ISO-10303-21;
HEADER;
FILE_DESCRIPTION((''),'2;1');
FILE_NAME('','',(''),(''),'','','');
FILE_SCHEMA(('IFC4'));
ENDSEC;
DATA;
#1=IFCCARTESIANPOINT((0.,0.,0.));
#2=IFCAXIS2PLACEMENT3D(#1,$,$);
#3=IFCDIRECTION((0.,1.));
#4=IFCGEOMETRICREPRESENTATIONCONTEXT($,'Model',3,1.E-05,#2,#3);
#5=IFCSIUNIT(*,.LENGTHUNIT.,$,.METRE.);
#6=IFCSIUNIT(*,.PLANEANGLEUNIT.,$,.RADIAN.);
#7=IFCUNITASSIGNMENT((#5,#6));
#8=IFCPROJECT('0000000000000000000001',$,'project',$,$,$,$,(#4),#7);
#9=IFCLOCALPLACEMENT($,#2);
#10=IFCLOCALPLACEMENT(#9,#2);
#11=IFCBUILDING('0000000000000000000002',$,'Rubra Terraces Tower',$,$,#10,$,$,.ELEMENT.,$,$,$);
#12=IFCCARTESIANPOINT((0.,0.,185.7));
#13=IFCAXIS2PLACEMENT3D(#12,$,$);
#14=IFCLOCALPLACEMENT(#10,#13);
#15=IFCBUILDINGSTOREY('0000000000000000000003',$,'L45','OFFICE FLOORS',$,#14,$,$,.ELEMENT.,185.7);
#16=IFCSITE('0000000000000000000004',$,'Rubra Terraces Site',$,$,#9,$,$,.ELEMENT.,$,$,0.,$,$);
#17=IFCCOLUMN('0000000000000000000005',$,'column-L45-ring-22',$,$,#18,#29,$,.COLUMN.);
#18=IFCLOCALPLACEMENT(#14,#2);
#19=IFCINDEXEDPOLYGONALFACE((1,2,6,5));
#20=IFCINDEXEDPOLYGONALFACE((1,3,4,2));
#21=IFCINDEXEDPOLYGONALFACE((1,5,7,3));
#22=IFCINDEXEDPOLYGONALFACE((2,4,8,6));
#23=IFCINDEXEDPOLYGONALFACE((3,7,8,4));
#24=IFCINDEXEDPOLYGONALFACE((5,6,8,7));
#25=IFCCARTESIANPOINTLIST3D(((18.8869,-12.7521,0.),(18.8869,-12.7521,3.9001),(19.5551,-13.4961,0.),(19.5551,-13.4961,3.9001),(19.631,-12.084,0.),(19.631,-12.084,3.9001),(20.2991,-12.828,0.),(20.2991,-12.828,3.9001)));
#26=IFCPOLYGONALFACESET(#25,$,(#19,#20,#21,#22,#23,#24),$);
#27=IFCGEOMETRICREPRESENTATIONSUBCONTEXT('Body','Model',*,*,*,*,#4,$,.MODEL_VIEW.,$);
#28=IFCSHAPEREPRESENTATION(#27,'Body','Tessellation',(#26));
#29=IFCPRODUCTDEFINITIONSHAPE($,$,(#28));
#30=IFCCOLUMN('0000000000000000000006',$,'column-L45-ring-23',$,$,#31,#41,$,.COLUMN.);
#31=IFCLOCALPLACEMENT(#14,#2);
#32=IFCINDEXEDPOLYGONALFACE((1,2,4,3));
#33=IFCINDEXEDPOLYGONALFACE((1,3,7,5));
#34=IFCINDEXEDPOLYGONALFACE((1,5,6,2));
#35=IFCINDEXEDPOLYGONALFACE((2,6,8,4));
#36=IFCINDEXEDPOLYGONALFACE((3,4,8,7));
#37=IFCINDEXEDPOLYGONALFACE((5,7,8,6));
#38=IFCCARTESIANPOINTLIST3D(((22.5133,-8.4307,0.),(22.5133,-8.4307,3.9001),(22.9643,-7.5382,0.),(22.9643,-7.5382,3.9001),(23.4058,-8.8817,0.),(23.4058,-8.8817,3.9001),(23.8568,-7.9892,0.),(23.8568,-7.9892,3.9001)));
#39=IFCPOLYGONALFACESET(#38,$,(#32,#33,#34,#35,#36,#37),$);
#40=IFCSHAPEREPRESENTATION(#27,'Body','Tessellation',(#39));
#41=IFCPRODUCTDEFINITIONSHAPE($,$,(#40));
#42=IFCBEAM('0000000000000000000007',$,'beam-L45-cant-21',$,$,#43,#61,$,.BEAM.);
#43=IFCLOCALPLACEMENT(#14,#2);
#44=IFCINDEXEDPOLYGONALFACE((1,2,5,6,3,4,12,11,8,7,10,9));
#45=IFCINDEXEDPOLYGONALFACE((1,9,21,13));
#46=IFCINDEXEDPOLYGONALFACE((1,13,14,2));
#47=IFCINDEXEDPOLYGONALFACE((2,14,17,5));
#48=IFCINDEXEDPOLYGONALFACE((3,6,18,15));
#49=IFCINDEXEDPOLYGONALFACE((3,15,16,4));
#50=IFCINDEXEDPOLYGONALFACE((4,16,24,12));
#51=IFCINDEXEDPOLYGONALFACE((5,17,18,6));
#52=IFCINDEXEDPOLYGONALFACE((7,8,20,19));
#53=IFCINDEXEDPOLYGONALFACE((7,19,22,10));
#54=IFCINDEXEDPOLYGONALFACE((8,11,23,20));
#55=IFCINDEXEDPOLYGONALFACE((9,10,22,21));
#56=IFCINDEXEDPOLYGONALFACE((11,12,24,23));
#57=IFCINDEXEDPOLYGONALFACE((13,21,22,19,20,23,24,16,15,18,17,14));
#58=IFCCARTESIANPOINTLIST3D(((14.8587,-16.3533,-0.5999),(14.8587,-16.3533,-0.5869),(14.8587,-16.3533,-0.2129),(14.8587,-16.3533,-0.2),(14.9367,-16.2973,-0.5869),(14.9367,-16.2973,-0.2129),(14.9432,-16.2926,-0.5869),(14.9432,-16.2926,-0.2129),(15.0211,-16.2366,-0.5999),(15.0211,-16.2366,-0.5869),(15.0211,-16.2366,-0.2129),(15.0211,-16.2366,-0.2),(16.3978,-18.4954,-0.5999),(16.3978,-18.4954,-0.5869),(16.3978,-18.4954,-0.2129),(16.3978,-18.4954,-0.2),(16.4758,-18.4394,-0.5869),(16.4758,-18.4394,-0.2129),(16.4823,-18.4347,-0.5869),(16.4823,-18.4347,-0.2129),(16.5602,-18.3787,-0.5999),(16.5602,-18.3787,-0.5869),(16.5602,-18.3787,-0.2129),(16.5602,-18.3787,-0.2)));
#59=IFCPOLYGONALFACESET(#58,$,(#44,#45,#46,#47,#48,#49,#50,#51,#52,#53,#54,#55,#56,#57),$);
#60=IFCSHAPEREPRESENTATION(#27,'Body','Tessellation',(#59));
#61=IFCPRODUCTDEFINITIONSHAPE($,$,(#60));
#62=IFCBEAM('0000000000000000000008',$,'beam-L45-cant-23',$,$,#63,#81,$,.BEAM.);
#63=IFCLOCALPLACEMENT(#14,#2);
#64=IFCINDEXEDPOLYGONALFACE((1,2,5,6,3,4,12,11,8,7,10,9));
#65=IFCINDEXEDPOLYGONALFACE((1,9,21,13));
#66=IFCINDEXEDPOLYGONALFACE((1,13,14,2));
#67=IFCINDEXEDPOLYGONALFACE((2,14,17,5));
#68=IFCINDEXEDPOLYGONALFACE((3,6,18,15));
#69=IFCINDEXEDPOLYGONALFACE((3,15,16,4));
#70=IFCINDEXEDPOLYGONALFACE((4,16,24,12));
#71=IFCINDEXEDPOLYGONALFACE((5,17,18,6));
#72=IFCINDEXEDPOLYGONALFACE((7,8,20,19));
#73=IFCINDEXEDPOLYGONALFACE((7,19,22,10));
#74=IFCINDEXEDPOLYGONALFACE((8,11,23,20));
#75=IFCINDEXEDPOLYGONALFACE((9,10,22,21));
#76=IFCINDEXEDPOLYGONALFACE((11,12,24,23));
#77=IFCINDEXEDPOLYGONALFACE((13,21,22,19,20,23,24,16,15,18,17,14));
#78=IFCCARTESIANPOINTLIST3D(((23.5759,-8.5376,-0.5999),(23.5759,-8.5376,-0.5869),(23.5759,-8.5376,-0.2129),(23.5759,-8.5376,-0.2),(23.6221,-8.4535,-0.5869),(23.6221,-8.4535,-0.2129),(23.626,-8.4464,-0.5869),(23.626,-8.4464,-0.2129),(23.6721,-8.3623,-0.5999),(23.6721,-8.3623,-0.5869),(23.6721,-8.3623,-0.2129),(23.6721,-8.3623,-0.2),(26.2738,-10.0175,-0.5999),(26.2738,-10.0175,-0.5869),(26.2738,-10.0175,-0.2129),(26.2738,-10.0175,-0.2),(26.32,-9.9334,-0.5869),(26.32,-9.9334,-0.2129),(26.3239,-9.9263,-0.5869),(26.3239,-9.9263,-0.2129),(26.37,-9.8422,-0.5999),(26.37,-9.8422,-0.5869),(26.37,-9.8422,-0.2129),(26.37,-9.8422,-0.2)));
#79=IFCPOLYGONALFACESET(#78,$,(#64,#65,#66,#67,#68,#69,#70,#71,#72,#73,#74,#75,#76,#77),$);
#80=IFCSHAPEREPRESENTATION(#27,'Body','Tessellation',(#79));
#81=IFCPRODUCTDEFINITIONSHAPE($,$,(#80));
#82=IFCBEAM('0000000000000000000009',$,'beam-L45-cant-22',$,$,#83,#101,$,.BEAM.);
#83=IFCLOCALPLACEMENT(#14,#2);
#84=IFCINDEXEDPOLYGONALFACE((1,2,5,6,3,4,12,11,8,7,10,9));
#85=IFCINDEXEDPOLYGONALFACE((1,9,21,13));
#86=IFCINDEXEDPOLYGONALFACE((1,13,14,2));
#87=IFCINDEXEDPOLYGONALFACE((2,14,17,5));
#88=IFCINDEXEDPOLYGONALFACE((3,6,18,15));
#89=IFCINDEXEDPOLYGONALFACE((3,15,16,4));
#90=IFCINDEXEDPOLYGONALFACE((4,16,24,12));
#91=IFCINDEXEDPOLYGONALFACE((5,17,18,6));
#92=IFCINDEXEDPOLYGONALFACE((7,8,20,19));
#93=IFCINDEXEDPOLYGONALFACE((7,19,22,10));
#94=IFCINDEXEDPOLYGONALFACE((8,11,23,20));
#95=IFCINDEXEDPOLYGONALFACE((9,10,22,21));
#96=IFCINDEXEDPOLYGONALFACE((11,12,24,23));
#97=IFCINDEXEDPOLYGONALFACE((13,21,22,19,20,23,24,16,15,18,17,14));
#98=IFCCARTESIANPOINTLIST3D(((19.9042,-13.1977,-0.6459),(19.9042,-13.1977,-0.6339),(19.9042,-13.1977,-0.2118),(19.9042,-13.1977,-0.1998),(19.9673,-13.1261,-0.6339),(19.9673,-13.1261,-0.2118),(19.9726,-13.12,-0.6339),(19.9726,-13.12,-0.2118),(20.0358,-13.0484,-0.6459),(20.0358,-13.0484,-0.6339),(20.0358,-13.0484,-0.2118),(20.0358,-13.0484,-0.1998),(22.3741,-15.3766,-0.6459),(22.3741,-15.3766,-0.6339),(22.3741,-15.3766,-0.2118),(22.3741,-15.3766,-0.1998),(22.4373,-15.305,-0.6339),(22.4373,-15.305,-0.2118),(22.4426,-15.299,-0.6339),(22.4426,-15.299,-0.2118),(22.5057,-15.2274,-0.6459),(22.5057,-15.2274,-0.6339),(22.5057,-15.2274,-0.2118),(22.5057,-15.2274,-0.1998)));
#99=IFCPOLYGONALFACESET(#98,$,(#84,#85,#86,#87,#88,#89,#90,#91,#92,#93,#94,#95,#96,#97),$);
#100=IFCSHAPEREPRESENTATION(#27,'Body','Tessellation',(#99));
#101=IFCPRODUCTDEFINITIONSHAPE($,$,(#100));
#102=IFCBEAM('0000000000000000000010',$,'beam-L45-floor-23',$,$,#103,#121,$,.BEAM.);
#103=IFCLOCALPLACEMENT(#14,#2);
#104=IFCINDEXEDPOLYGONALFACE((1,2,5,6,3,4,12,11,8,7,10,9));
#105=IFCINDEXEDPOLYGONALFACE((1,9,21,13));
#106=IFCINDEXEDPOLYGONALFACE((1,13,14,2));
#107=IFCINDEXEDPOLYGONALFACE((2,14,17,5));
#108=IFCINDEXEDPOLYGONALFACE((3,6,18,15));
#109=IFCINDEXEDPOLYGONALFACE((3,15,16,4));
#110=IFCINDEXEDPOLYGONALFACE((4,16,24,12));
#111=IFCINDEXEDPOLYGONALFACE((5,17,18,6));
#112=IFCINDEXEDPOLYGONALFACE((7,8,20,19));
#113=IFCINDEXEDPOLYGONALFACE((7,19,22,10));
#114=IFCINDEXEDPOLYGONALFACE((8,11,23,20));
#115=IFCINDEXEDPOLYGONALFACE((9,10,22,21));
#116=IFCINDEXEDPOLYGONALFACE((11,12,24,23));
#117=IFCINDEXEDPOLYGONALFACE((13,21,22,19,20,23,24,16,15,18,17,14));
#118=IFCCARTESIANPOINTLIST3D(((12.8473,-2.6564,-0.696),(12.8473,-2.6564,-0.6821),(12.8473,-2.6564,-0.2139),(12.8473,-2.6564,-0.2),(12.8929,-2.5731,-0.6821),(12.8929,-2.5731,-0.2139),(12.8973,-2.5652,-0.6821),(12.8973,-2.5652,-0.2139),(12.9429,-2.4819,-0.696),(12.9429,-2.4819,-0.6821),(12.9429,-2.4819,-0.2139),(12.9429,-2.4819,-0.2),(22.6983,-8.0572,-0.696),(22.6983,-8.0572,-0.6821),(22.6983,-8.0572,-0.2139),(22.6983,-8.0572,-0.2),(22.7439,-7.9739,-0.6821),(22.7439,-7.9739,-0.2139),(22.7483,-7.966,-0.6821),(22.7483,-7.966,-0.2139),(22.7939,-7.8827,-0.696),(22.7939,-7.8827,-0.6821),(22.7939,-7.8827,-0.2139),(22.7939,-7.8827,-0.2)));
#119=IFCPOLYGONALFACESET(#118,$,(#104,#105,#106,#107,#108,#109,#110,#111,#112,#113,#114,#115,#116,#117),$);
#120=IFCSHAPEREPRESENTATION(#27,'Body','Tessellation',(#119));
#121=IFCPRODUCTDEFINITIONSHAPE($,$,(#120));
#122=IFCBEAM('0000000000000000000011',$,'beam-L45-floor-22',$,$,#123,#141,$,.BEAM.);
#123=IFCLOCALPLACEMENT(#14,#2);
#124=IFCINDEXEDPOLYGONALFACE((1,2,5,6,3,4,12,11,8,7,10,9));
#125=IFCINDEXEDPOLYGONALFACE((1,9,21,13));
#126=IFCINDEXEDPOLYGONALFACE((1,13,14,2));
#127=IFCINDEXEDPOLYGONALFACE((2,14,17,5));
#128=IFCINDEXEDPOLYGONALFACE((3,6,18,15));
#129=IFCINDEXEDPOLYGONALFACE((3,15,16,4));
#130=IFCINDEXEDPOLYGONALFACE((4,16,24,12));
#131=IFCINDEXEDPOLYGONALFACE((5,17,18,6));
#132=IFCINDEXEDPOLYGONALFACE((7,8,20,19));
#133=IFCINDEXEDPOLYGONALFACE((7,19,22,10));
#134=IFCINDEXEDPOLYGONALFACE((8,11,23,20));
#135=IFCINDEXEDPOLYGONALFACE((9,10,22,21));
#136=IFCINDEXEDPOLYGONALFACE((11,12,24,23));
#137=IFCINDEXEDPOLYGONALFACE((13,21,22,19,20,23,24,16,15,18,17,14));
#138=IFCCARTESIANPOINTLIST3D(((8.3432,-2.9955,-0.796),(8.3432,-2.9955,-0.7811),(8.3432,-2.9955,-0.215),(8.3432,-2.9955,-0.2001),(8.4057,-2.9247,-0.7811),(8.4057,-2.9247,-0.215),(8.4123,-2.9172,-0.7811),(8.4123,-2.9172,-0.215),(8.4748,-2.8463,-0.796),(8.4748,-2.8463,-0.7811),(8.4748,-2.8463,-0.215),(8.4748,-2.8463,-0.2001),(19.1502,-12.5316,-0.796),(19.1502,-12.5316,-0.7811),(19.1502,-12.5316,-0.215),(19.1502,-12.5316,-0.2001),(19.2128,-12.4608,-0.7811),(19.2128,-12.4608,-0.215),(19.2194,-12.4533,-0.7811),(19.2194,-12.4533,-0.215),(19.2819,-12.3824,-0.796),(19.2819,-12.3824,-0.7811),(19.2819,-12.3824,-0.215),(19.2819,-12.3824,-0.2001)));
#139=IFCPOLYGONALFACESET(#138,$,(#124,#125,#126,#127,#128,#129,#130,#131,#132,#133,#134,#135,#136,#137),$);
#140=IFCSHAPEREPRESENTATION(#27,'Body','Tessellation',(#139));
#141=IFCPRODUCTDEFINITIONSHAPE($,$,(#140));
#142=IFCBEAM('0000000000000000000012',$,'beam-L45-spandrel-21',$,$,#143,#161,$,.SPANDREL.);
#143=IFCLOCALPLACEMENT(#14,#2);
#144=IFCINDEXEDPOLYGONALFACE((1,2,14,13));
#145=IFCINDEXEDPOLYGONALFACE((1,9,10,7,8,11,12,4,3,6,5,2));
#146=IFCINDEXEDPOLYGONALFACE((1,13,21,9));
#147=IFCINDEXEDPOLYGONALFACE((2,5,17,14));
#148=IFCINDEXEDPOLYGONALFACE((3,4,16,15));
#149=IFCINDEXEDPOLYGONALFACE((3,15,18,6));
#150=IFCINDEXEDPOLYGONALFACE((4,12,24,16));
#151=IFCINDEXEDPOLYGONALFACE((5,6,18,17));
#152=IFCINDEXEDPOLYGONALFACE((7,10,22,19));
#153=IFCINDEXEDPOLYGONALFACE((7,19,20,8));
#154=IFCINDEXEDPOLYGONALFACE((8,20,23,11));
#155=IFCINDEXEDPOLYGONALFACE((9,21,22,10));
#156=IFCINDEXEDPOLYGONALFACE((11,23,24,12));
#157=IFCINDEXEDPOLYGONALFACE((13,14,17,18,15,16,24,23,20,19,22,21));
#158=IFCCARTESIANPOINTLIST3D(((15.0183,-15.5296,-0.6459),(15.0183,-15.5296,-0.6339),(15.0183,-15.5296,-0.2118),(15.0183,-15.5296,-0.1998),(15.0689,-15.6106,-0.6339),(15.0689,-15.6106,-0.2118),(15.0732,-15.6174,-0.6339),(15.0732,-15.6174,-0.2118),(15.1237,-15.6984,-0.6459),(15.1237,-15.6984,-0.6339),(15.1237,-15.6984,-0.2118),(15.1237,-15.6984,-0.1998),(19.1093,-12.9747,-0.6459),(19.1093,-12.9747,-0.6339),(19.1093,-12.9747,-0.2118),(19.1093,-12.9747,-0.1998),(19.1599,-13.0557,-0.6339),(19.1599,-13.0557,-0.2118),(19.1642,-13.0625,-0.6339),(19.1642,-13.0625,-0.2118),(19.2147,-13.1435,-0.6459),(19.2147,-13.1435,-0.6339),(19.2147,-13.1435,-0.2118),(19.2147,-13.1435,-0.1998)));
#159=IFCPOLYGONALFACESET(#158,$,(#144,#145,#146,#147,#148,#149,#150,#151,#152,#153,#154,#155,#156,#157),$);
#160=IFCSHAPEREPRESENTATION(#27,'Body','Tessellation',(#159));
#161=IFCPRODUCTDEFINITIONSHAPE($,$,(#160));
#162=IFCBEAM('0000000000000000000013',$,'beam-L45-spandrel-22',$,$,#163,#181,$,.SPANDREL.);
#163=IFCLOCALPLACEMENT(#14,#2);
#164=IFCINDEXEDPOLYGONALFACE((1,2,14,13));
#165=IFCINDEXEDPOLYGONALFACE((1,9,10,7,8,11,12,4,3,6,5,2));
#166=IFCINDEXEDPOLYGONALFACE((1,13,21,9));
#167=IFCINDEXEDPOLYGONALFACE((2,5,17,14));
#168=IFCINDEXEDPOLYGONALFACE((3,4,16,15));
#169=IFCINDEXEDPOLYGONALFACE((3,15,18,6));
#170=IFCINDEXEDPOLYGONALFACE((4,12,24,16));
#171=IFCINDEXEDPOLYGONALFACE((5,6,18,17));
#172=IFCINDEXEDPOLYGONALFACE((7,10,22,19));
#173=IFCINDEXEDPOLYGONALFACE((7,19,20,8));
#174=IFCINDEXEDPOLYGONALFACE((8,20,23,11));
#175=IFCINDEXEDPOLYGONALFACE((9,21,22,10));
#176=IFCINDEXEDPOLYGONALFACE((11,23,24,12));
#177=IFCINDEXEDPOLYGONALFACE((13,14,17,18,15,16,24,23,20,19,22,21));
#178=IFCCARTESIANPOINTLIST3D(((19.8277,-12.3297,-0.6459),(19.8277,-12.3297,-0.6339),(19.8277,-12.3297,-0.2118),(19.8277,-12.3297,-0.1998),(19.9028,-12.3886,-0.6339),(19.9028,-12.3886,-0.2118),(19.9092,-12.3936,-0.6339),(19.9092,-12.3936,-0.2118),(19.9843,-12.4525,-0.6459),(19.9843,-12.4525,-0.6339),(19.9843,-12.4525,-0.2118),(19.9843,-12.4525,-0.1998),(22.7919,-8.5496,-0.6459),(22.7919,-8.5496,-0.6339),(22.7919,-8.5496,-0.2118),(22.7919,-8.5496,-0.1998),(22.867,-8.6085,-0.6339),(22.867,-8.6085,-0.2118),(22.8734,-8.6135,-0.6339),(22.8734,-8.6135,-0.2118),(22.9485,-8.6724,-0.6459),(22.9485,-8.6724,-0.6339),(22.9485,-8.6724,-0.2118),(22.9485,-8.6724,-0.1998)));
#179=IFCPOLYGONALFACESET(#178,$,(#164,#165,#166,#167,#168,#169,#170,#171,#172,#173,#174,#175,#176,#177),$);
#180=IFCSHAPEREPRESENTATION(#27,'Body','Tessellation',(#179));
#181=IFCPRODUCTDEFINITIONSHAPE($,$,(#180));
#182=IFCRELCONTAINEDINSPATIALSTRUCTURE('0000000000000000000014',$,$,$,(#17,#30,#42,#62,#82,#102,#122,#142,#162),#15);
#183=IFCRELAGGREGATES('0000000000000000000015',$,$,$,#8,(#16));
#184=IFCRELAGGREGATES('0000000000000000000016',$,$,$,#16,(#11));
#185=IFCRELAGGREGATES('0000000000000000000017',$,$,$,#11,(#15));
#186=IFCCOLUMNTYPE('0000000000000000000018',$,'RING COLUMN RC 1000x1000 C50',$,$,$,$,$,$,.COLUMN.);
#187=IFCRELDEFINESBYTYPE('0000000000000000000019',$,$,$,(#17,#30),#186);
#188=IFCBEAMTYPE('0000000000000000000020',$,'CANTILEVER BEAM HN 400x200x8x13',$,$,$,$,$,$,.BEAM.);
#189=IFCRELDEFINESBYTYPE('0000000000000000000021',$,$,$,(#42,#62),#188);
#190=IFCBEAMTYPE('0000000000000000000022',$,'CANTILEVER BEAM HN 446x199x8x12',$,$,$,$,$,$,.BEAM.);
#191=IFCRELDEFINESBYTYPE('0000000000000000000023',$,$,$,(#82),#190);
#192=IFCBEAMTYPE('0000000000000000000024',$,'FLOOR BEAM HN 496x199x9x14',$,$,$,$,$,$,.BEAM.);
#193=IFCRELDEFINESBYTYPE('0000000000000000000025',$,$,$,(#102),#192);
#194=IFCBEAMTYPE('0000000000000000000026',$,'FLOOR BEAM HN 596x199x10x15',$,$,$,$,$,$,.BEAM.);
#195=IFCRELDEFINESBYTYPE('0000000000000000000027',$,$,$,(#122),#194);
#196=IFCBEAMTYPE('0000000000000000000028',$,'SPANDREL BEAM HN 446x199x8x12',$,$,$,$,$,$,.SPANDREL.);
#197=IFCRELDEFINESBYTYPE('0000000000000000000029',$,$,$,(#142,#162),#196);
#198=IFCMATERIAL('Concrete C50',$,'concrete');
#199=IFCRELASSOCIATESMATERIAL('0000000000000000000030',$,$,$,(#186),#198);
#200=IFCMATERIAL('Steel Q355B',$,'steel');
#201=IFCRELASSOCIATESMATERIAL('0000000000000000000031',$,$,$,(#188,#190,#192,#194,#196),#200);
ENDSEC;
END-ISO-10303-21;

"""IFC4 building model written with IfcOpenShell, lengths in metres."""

from ifc_helpers import new_model, si_unit, direction, frame, origin, origin_2d, place, context, subcontext, project, spatial, rectangle, i_section, extrude, material, material_profile, profile_set, type_object, element, save


model = new_model("IFC4")

# Units and contexts
model_context = context("Model", 3, precision=1e-05, world=origin(), true_north=direction((0.0, 1.0)))
body_context = subcontext(model_context, "Body", "Model", "MODEL_VIEW")
ifc_project = project(units=[si_unit("LENGTHUNIT", "METRE"), si_unit("PLANEANGLEUNIT", "RADIAN")], contexts=[model_context])

# Site, building, storey
site_placement = place(None, origin())
site = spatial("IfcSite", under=ifc_project, at=site_placement, Name="Rubra Terraces Site", CompositionType="ELEMENT", RefElevation=0.0)
building_placement = place(site_placement, origin())
building = spatial("IfcBuilding", under=site, at=building_placement, Name="Rubra Terraces Tower", CompositionType="ELEMENT")
storey_placement = place(building_placement, frame((0.0, 0.0, 185.7)))
storey = spatial("IfcBuildingStorey", under=building, at=storey_placement, Name="L45", Description="OFFICE FLOORS", CompositionType="ELEMENT", Elevation=185.7)

# Columns
ifc_material_1 = material(Name="Concrete C50", Category="concrete")
ifc_material_profile_1 = material_profile(ifc_material_1, rectangle(XDim=1.0, YDim=1.0, at=origin_2d()), Name="RC 1000x1000")
ifc_profile_set_1 = profile_set([ifc_material_profile_1], Name="Concrete C50")
column_type = type_object("IfcColumnType", Name="RING COLUMN RC 1000x1000 C50", PredefinedType="COLUMN", material=ifc_profile_set_1)
for number, where, z_axis, x_axis, name in (
    (1, (19.593, -12.79, 0.0), (0.0, 0.0, 1.0), (0.744021, 0.668156, 0.0), "column-L45-ring-22"),
    (2, (23.1851, -8.21, 0.0), (0.0, 0.0, 1.0), (0.451028, 0.89251, 0.0), "column-L45-ring-23"),
):
    element("IfcColumn", number, at=place(storey_placement, frame(where, z_axis=z_axis, x_axis=x_axis)), inside=storey, type_object=column_type, Name=name, PredefinedType="COLUMN", context=body_context, shape_type="SweptSolid", body=[
        extrude(rectangle(XDim=1.0, YDim=1.0, at=origin_2d()), origin(), (0.0, 0.0, 1.0), 3.9001),
    ])

# Beams
ifc_material_2 = material(Name="Steel Q355B", Category="steel")
ifc_material_profile_2 = material_profile(ifc_material_2, i_section(OverallWidth=0.2, OverallDepth=0.3999, WebThickness=0.0081, FlangeThickness=0.0129, at=origin_2d()), Name="HN 400x200x8x13")
ifc_profile_set_2 = profile_set([ifc_material_profile_2], Name="Steel Q355B")
beam_type_1 = type_object("IfcBeamType", Name="CANTILEVER BEAM HN 400x200x8x13", PredefinedType="BEAM", material=ifc_profile_set_2)
beam_1_placement = place(storey_placement, frame((14.9399, -16.2949, -0.3999), z_axis=(0.583495, -0.812117, 0.0), x_axis=(0.812117, 0.583495, 0.0)))
element("IfcBeam", 3, at=beam_1_placement, inside=storey, type_object=beam_type_1, Name="beam-L45-cant-21", PredefinedType="BEAM", context=body_context, shape_type="SweptSolid", body=[
    extrude(i_section(OverallWidth=0.2, OverallDepth=0.3999, WebThickness=0.0081, FlangeThickness=0.0129, at=origin_2d()), origin(), (0.0, 0.0, 1.0), 2.6377),
])
beam_2_placement = place(storey_placement, frame((23.624, -8.45, -0.3999), z_axis=(0.876753, -0.480941, 0.0), x_axis=(0.480941, 0.876753, 0.0)))
element("IfcBeam", 4, at=beam_2_placement, inside=storey, type_object=beam_type_1, Name="beam-L45-cant-23", PredefinedType="BEAM", context=body_context, shape_type="SweptSolid", body=[
    extrude(i_section(OverallWidth=0.2, OverallDepth=0.3999, WebThickness=0.0081, FlangeThickness=0.0129, at=origin_2d()), origin(), (0.0, 0.0, 1.0), 3.0771),
])
ifc_material_profile_3 = material_profile(ifc_material_2, i_section(OverallWidth=0.199, OverallDepth=0.446, WebThickness=0.0081, FlangeThickness=0.012, at=origin_2d()), Name="HN 446x199x8x12")
ifc_profile_set_3 = profile_set([ifc_material_profile_3], Name="Steel Q355B")
beam_type_2 = type_object("IfcBeamType", Name="CANTILEVER BEAM HN 446x199x8x12", PredefinedType="BEAM", material=ifc_profile_set_3)
beam_3_placement = place(storey_placement, frame((19.97, -13.123, -0.4229), z_axis=(0.749903, -0.661548, 0.0), x_axis=(0.661548, 0.749903, 0.0)))
element("IfcBeam", 5, at=beam_3_placement, inside=storey, type_object=beam_type_2, Name="beam-L45-cant-22", PredefinedType="BEAM", context=body_context, shape_type="SweptSolid", body=[
    extrude(i_section(OverallWidth=0.199, OverallDepth=0.446, WebThickness=0.0081, FlangeThickness=0.012, at=origin_2d()), origin(), (0.0, 0.0, 1.0), 3.2937),
])
ifc_material_profile_4 = material_profile(ifc_material_2, i_section(OverallWidth=0.199, OverallDepth=0.4961, WebThickness=0.009, FlangeThickness=0.0139, at=origin_2d()), Name="HN 496x199x9x14")
ifc_profile_set_4 = profile_set([ifc_material_profile_4], Name="Steel Q355B")
beam_type_3 = type_object("IfcBeamType", Name="FLOOR BEAM HN 496x199x9x14", PredefinedType="BEAM", material=ifc_profile_set_4)
beam_4_placement = place(storey_placement, frame((22.7461, -7.97, -0.448), z_axis=(-0.876862, 0.480742, 0.0), x_axis=(-0.480742, -0.876862, 0.0)))
element("IfcBeam", 6, at=beam_4_placement, inside=storey, type_object=beam_type_3, Name="beam-L45-floor-23", PredefinedType="BEAM", context=body_context, shape_type="SweptSolid", body=[
    extrude(i_section(OverallWidth=0.199, OverallDepth=0.4961, WebThickness=0.009, FlangeThickness=0.0139, at=origin_2d()), origin(), (0.0, 0.0, 1.0), 11.2344),
])
ifc_material_profile_5 = material_profile(ifc_material_2, i_section(OverallWidth=0.199, OverallDepth=0.5959, WebThickness=0.01, FlangeThickness=0.0149, at=origin_2d()), Name="HN 596x199x10x15")
ifc_profile_set_5 = profile_set([ifc_material_profile_5], Name="Steel Q355B")
beam_type_4 = type_object("IfcBeamType", Name="FLOOR BEAM HN 596x199x10x15", PredefinedType="BEAM", material=ifc_profile_set_5)
beam_5_placement = place(storey_placement, frame((19.2161, -12.457, -0.498), z_axis=(-0.749823, 0.661638, 0.0), x_axis=(-0.661638, -0.749823, 0.0)))
element("IfcBeam", 7, at=beam_5_placement, inside=storey, type_object=beam_type_4, Name="beam-L45-floor-22", PredefinedType="BEAM", context=body_context, shape_type="SweptSolid", body=[
    extrude(i_section(OverallWidth=0.199, OverallDepth=0.5959, WebThickness=0.01, FlangeThickness=0.0149, at=origin_2d()), origin(), (0.0, 0.0, 1.0), 14.4128),
])
ifc_material_profile_6 = material_profile(ifc_material_2, i_section(OverallWidth=0.199, OverallDepth=0.446, WebThickness=0.0081, FlangeThickness=0.012, at=origin_2d()), Name="HN 446x199x8x12")
ifc_profile_set_6 = profile_set([ifc_material_profile_6], Name="Steel Q355B")
beam_type_5 = type_object("IfcBeamType", Name="SPANDREL BEAM HN 446x199x8x12", PredefinedType="SPANDREL", material=ifc_profile_set_6)
beam_6_placement = place(storey_placement, frame((15.071, -15.614, -0.4229), z_axis=(0.848183, 0.529703, 0.0), x_axis=(-0.529703, 0.848183, 0.0)))
element("IfcBeam", 8, at=beam_6_placement, inside=storey, type_object=beam_type_5, Name="beam-L45-spandrel-21", PredefinedType="SPANDREL", context=body_context, shape_type="SweptSolid", body=[
    extrude(i_section(OverallWidth=0.199, OverallDepth=0.446, WebThickness=0.0081, FlangeThickness=0.012, at=origin_2d()), origin(), (0.0, 0.0, 1.0), 4.8232),
])
beam_7_placement = place(storey_placement, frame((19.906, -12.3911, -0.4229), z_axis=(0.61706, 0.786916, 0.0), x_axis=(-0.786916, 0.61706, 0.0)))
element("IfcBeam", 9, at=beam_7_placement, inside=storey, type_object=beam_type_5, Name="beam-L45-spandrel-22", PredefinedType="SPANDREL", context=body_context, shape_type="SweptSolid", body=[
    extrude(i_section(OverallWidth=0.199, OverallDepth=0.446, WebThickness=0.0081, FlangeThickness=0.012, at=origin_2d()), origin(), (0.0, 0.0, 1.0), 4.8037),
])

save(model, "model.ifc")
